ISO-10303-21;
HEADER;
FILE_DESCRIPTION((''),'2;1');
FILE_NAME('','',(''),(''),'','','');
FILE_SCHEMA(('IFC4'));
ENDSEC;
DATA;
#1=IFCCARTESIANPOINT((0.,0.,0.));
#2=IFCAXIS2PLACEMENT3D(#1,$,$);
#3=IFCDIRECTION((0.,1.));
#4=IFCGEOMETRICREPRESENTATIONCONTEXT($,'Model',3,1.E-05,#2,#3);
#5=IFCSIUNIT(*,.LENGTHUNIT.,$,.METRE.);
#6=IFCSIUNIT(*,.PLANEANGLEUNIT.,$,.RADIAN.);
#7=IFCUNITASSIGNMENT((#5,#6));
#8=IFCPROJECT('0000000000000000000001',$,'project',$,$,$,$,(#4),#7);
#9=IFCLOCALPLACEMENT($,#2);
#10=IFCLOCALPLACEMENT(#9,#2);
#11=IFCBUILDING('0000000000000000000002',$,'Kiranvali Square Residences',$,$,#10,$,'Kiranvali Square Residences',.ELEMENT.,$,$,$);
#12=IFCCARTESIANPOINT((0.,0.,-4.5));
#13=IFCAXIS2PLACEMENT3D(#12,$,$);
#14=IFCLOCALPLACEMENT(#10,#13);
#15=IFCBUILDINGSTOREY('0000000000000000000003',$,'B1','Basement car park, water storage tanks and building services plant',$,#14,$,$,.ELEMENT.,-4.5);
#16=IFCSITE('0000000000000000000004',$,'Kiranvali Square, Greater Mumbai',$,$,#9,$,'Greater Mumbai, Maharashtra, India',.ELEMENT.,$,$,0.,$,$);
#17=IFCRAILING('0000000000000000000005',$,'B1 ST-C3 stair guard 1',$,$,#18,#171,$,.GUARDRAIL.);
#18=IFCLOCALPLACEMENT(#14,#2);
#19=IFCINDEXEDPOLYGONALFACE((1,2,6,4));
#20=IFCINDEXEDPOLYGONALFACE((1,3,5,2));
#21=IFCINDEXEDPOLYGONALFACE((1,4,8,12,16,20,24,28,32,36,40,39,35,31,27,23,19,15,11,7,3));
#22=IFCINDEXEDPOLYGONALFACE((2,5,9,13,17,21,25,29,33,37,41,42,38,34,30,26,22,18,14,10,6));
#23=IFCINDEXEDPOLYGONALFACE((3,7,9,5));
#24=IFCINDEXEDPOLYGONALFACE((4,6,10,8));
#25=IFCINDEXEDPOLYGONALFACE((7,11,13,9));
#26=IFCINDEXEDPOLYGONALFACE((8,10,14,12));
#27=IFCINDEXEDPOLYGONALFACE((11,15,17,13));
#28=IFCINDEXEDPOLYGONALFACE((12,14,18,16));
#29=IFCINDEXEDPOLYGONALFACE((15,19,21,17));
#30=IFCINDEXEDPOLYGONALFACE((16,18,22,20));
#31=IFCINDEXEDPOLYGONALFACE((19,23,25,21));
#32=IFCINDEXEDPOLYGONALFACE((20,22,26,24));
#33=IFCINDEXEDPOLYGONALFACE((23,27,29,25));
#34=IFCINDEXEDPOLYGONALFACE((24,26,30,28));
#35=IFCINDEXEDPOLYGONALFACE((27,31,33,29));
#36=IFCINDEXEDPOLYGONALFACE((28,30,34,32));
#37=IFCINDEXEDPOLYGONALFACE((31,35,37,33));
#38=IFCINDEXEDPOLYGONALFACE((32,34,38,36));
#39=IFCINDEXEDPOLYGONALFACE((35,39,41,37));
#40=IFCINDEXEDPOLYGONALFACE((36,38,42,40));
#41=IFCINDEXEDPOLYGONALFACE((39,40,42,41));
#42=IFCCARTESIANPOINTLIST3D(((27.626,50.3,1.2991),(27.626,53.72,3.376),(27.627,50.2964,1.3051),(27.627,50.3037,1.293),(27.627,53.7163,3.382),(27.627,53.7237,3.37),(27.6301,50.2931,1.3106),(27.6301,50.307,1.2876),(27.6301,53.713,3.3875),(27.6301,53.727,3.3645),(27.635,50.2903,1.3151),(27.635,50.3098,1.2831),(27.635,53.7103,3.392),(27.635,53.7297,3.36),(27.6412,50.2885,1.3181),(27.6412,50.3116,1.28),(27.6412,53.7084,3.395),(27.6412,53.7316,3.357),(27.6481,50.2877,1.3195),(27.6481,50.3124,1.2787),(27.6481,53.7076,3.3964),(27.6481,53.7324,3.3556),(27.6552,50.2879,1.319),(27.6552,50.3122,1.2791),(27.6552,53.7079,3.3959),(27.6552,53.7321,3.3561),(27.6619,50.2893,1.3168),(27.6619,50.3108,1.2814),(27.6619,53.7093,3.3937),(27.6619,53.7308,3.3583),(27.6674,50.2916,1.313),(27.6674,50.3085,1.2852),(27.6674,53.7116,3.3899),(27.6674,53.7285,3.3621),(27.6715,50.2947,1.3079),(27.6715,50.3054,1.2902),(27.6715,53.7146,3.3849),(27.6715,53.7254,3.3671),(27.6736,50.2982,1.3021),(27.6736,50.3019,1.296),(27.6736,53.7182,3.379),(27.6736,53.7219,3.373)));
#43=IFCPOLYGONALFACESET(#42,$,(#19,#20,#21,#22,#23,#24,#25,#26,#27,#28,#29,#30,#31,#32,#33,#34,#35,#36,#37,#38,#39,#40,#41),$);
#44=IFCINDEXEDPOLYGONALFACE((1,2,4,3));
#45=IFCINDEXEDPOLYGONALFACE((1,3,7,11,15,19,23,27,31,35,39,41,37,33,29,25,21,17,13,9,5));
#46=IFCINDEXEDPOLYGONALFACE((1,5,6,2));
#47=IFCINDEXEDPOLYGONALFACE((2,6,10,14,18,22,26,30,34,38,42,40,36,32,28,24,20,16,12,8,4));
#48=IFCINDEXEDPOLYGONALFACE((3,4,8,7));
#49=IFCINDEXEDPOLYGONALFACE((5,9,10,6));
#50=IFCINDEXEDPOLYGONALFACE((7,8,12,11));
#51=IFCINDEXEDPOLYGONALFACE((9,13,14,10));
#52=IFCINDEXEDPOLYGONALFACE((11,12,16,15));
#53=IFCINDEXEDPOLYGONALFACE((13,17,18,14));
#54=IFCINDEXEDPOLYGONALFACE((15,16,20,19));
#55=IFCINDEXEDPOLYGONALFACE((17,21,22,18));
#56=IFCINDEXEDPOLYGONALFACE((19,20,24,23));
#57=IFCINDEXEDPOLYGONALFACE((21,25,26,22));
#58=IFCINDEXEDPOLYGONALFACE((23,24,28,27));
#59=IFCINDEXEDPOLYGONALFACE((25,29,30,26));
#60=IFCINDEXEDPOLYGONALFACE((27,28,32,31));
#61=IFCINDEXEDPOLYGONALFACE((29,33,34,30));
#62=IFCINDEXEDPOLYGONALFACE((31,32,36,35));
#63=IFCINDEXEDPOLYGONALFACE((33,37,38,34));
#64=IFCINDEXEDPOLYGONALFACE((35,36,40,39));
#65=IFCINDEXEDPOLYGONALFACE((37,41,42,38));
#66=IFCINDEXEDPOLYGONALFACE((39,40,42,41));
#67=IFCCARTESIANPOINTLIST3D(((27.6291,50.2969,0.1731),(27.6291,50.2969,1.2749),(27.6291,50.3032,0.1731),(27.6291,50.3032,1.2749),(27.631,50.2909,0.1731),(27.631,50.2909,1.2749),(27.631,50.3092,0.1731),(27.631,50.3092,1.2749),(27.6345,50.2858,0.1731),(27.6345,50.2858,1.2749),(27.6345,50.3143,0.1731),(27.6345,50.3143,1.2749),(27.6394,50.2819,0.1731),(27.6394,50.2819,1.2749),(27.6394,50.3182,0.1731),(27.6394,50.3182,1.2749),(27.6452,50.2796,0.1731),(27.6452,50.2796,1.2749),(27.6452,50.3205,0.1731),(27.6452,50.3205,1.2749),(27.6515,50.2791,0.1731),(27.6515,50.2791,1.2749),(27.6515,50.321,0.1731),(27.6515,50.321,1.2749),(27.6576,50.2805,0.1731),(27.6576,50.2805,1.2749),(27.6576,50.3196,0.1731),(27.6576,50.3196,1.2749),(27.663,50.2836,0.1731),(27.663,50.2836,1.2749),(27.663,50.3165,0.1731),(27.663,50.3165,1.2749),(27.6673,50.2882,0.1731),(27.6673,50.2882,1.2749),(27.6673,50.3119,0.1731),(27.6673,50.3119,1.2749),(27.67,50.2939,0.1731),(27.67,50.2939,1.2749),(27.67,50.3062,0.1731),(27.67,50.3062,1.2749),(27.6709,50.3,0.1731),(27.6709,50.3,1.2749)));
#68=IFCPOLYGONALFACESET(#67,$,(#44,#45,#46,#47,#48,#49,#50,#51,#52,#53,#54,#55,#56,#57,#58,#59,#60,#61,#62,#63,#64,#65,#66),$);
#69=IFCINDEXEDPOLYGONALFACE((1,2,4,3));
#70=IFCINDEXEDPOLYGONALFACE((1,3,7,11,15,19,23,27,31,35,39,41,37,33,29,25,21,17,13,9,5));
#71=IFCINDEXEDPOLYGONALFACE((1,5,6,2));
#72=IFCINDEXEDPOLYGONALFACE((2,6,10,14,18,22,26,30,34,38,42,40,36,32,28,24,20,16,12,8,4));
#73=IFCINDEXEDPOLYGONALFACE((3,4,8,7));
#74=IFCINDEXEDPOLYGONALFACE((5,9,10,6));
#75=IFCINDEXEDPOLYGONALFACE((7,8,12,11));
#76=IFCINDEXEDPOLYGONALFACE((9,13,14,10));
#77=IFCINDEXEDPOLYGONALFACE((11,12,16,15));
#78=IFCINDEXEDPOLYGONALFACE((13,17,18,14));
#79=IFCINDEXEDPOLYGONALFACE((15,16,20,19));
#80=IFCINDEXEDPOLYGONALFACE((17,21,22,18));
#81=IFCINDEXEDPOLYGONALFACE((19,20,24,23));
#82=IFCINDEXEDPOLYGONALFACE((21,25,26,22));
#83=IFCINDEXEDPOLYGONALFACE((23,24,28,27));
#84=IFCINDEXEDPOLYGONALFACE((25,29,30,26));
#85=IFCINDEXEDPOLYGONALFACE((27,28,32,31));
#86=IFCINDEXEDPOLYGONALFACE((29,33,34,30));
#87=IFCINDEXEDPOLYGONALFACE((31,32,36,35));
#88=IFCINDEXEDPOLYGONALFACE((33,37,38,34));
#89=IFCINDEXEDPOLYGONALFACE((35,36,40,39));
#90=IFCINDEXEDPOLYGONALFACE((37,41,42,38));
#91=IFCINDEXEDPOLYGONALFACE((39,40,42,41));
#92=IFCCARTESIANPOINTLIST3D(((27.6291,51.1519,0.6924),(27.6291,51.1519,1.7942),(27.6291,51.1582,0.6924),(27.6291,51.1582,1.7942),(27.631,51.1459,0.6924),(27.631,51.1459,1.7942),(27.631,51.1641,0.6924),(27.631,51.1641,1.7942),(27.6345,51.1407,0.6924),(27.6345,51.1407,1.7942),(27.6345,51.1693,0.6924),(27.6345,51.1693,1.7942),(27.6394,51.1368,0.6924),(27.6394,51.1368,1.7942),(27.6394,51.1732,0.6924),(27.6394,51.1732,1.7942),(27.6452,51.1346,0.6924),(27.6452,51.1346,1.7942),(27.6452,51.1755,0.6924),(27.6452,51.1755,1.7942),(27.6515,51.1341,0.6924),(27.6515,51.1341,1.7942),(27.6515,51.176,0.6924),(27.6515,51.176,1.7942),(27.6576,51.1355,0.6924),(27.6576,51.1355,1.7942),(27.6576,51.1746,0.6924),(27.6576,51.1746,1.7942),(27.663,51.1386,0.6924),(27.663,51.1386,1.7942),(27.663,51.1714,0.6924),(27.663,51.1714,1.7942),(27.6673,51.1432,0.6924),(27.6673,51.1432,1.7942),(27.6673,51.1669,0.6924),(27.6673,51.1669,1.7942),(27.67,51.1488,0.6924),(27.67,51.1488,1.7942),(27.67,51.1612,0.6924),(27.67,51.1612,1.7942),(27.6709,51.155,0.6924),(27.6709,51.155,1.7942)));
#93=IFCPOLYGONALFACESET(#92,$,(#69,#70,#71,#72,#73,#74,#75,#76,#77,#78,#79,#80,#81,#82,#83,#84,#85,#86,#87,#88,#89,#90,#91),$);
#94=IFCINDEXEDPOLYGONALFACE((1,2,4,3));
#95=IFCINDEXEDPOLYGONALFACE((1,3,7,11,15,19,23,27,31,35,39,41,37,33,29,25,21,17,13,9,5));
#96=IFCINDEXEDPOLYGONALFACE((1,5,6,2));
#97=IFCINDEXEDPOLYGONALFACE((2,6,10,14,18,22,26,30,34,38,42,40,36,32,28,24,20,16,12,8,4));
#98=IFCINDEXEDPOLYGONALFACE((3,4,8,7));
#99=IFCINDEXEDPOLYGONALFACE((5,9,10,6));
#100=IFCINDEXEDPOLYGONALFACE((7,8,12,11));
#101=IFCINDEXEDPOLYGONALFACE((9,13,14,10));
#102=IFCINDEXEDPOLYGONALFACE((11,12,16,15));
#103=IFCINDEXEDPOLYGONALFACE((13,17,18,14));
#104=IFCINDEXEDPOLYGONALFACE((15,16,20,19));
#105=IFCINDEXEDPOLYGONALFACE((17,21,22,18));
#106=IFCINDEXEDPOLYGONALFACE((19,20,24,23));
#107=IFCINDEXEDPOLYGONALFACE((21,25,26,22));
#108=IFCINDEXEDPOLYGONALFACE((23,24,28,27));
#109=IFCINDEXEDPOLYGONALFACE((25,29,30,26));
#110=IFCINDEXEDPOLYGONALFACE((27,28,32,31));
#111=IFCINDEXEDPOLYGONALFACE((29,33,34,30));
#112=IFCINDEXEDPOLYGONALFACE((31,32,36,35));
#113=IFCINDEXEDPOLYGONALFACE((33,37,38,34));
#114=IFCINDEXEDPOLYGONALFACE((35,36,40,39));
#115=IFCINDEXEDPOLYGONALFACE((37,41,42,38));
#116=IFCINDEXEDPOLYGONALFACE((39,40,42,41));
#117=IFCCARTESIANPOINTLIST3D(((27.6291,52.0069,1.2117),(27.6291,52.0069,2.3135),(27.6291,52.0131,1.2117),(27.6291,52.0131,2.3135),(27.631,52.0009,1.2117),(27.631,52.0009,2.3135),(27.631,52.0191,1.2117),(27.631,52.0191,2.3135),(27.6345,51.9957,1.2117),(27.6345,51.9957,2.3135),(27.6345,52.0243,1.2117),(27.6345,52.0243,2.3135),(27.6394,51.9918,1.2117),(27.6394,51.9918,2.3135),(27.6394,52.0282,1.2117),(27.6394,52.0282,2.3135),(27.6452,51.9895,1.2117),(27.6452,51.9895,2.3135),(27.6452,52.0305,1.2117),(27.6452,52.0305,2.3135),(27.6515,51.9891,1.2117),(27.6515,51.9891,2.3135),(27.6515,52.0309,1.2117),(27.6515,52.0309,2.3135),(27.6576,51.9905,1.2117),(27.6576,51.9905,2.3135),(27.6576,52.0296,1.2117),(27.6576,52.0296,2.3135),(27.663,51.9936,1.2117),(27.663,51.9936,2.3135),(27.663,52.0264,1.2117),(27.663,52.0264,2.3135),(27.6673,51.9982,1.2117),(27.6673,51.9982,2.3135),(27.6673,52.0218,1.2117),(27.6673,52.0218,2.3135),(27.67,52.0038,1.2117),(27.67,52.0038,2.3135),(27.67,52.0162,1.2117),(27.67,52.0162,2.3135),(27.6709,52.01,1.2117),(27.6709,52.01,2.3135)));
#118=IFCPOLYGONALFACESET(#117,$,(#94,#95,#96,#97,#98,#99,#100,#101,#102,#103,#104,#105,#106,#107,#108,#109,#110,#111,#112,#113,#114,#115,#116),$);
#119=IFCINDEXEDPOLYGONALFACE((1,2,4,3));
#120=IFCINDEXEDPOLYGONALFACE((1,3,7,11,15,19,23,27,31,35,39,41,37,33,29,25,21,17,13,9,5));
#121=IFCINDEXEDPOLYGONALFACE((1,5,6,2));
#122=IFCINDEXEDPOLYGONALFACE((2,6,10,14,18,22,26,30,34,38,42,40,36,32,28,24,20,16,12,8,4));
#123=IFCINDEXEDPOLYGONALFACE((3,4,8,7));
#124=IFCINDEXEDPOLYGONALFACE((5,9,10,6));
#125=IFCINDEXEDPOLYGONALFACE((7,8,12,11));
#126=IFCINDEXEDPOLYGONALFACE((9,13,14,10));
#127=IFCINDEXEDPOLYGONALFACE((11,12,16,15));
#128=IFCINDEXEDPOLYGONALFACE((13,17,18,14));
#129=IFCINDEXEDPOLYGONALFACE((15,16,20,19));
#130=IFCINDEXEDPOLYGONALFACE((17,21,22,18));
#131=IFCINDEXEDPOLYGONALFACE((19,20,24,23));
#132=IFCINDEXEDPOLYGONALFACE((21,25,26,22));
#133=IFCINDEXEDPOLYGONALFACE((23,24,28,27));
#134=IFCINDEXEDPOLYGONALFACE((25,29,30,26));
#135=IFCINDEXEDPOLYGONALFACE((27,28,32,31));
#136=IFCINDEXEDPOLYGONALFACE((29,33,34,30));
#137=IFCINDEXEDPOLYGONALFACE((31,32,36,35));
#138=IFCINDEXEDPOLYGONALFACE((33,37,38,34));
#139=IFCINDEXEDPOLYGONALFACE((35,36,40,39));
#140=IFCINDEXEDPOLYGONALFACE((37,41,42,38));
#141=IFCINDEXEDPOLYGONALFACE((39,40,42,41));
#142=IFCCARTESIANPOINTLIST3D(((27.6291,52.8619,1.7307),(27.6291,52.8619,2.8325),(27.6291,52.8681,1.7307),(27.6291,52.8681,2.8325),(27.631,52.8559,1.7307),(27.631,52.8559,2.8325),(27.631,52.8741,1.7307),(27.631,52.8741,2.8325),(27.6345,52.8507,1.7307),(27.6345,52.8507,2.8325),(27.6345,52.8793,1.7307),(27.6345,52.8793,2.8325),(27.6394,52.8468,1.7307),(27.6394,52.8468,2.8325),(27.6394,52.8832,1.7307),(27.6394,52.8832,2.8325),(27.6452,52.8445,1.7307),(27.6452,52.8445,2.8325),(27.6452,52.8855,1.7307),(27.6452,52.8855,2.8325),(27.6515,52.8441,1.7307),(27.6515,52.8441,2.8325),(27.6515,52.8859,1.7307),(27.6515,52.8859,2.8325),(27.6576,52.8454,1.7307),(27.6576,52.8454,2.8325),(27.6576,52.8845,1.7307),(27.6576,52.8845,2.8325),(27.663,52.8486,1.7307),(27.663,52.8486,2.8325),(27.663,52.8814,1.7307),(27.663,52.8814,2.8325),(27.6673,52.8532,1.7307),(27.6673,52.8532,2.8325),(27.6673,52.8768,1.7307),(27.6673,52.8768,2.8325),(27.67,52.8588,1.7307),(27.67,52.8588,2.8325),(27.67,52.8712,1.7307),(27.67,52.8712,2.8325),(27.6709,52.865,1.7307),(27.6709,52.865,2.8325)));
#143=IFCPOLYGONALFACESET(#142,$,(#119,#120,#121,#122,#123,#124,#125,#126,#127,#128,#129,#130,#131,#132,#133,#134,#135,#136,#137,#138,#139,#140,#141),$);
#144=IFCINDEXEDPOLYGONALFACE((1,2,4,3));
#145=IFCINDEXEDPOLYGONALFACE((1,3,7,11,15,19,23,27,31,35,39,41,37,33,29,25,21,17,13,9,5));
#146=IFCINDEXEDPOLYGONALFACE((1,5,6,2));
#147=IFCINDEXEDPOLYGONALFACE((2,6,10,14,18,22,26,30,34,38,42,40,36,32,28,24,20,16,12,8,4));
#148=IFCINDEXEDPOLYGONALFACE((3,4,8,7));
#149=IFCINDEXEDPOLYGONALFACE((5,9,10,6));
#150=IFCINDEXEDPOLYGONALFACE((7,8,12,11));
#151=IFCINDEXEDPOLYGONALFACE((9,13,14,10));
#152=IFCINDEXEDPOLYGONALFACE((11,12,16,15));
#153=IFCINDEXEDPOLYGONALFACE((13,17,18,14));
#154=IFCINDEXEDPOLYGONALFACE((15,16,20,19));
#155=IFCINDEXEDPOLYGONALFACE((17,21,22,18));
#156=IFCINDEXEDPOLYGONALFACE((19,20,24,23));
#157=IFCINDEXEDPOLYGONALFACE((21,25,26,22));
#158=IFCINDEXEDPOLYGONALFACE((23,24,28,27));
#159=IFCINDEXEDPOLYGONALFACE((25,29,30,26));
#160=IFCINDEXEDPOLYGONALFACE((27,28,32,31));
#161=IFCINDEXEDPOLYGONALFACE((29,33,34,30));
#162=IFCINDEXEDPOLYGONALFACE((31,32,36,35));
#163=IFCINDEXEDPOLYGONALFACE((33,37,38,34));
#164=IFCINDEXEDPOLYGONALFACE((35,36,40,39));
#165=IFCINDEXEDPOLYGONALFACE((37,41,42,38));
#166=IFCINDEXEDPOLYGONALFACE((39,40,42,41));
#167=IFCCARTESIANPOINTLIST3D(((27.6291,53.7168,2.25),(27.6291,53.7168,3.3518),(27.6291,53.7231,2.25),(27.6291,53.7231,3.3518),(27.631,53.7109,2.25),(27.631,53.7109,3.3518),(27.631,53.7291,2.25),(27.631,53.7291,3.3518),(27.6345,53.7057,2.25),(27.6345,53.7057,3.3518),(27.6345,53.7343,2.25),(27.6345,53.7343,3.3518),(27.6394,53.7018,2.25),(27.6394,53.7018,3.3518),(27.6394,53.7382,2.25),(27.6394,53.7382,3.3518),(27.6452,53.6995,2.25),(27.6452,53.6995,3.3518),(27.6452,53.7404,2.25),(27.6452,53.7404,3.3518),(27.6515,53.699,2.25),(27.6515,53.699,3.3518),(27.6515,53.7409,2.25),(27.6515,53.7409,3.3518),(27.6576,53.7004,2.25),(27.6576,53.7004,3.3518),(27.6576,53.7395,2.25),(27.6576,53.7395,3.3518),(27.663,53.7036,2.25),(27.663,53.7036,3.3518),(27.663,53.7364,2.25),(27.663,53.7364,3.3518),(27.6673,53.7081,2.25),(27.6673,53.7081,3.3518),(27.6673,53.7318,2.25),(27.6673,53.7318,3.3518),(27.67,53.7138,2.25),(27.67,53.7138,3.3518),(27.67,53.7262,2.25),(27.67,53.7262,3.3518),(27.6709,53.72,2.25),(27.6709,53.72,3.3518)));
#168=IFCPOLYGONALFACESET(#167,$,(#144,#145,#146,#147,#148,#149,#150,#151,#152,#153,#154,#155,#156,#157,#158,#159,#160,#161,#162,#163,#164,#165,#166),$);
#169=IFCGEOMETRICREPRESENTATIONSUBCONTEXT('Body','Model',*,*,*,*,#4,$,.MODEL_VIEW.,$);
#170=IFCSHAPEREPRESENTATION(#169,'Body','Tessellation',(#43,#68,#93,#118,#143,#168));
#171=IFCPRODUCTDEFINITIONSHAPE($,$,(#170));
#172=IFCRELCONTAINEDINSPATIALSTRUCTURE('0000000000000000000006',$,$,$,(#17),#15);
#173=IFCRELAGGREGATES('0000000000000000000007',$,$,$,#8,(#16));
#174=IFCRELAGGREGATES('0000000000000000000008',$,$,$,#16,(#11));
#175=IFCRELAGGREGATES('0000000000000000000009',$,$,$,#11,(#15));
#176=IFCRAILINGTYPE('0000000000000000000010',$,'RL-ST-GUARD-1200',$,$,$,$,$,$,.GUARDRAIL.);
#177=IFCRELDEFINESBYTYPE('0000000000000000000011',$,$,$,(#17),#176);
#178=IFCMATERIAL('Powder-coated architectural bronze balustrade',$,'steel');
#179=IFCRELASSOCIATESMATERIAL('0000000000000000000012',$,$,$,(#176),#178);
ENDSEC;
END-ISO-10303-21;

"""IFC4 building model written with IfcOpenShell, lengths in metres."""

from ifc_helpers import new_model, si_unit, direction, frame, origin, origin_2d, place, context, subcontext, project, spatial, circle, extrude, material, type_object, element, save


model = new_model("IFC4")

# Units and contexts
model_context = context("Model", 3, precision=1e-05, world=origin(), true_north=direction((0.0, 1.0)))
body_context = subcontext(model_context, "Body", "Model", "MODEL_VIEW")
ifc_project = project(units=[si_unit("LENGTHUNIT", "METRE"), si_unit("PLANEANGLEUNIT", "RADIAN")], contexts=[model_context])

# Site, building, storey
site_placement = place(None, origin())
site = spatial("IfcSite", under=ifc_project, at=site_placement, Name="Kiranvali Square, Greater Mumbai", LongName="Greater Mumbai, Maharashtra, India", CompositionType="ELEMENT", RefElevation=0.0)
building_placement = place(site_placement, origin())
building = spatial("IfcBuilding", under=site, at=building_placement, Name="Kiranvali Square Residences", LongName="Kiranvali Square Residences", CompositionType="ELEMENT")
storey_placement = place(building_placement, frame((0.0, 0.0, -4.5)))
storey = spatial("IfcBuildingStorey", under=building, at=storey_placement, Name="B1", Description="Basement car park, water storage tanks and building services plant", CompositionType="ELEMENT", Elevation=-4.5)

# Railing
ifc_material_1 = material(Name="Powder-coated architectural bronze balustrade", Category="steel")
railing_type_1 = type_object("IfcRailingType", Name="RL-ST-GUARD-1200", PredefinedType="GUARDRAIL", material=ifc_material_1)
railing_1_placement = place(storey_placement, frame((27.6499, 50.3, 0.1731)))
element("IfcRailing", 1, at=railing_1_placement, inside=storey, type_object=railing_type_1, Name="B1 ST-C3 stair guard 1", PredefinedType="GUARDRAIL", context=body_context, shape_type="SweptSolid", body=[
    extrude(circle(Radius=0.0239, at=origin_2d()), frame((0.0, 0.0, 1.126), z_axis=(0.0, 0.85473, 0.519074), x_axis=(-1.0, 0.0, 0.0)), (0.0, 0.0, 1.0), 4.0012),
    extrude(circle(Radius=0.021, at=origin_2d()), origin(), (0.0, 0.0, 1.0), 1.1018),
    extrude(circle(Radius=0.021, at=origin_2d()), frame((0.0, 0.855, 0.5193)), (0.0, 0.0, 1.0), 1.1018),
    extrude(circle(Radius=0.021, at=origin_2d()), frame((0.0, 1.71, 1.0386)), (0.0, 0.0, 1.0), 1.1018),
    extrude(circle(Radius=0.021, at=origin_2d()), frame((0.0, 2.5649, 1.5576)), (0.0, 0.0, 1.0), 1.1018),
    extrude(circle(Radius=0.021, at=origin_2d()), frame((0.0, 3.4199, 2.0769)), (0.0, 0.0, 1.0), 1.1018),
])

save(model, "model.ifc")
